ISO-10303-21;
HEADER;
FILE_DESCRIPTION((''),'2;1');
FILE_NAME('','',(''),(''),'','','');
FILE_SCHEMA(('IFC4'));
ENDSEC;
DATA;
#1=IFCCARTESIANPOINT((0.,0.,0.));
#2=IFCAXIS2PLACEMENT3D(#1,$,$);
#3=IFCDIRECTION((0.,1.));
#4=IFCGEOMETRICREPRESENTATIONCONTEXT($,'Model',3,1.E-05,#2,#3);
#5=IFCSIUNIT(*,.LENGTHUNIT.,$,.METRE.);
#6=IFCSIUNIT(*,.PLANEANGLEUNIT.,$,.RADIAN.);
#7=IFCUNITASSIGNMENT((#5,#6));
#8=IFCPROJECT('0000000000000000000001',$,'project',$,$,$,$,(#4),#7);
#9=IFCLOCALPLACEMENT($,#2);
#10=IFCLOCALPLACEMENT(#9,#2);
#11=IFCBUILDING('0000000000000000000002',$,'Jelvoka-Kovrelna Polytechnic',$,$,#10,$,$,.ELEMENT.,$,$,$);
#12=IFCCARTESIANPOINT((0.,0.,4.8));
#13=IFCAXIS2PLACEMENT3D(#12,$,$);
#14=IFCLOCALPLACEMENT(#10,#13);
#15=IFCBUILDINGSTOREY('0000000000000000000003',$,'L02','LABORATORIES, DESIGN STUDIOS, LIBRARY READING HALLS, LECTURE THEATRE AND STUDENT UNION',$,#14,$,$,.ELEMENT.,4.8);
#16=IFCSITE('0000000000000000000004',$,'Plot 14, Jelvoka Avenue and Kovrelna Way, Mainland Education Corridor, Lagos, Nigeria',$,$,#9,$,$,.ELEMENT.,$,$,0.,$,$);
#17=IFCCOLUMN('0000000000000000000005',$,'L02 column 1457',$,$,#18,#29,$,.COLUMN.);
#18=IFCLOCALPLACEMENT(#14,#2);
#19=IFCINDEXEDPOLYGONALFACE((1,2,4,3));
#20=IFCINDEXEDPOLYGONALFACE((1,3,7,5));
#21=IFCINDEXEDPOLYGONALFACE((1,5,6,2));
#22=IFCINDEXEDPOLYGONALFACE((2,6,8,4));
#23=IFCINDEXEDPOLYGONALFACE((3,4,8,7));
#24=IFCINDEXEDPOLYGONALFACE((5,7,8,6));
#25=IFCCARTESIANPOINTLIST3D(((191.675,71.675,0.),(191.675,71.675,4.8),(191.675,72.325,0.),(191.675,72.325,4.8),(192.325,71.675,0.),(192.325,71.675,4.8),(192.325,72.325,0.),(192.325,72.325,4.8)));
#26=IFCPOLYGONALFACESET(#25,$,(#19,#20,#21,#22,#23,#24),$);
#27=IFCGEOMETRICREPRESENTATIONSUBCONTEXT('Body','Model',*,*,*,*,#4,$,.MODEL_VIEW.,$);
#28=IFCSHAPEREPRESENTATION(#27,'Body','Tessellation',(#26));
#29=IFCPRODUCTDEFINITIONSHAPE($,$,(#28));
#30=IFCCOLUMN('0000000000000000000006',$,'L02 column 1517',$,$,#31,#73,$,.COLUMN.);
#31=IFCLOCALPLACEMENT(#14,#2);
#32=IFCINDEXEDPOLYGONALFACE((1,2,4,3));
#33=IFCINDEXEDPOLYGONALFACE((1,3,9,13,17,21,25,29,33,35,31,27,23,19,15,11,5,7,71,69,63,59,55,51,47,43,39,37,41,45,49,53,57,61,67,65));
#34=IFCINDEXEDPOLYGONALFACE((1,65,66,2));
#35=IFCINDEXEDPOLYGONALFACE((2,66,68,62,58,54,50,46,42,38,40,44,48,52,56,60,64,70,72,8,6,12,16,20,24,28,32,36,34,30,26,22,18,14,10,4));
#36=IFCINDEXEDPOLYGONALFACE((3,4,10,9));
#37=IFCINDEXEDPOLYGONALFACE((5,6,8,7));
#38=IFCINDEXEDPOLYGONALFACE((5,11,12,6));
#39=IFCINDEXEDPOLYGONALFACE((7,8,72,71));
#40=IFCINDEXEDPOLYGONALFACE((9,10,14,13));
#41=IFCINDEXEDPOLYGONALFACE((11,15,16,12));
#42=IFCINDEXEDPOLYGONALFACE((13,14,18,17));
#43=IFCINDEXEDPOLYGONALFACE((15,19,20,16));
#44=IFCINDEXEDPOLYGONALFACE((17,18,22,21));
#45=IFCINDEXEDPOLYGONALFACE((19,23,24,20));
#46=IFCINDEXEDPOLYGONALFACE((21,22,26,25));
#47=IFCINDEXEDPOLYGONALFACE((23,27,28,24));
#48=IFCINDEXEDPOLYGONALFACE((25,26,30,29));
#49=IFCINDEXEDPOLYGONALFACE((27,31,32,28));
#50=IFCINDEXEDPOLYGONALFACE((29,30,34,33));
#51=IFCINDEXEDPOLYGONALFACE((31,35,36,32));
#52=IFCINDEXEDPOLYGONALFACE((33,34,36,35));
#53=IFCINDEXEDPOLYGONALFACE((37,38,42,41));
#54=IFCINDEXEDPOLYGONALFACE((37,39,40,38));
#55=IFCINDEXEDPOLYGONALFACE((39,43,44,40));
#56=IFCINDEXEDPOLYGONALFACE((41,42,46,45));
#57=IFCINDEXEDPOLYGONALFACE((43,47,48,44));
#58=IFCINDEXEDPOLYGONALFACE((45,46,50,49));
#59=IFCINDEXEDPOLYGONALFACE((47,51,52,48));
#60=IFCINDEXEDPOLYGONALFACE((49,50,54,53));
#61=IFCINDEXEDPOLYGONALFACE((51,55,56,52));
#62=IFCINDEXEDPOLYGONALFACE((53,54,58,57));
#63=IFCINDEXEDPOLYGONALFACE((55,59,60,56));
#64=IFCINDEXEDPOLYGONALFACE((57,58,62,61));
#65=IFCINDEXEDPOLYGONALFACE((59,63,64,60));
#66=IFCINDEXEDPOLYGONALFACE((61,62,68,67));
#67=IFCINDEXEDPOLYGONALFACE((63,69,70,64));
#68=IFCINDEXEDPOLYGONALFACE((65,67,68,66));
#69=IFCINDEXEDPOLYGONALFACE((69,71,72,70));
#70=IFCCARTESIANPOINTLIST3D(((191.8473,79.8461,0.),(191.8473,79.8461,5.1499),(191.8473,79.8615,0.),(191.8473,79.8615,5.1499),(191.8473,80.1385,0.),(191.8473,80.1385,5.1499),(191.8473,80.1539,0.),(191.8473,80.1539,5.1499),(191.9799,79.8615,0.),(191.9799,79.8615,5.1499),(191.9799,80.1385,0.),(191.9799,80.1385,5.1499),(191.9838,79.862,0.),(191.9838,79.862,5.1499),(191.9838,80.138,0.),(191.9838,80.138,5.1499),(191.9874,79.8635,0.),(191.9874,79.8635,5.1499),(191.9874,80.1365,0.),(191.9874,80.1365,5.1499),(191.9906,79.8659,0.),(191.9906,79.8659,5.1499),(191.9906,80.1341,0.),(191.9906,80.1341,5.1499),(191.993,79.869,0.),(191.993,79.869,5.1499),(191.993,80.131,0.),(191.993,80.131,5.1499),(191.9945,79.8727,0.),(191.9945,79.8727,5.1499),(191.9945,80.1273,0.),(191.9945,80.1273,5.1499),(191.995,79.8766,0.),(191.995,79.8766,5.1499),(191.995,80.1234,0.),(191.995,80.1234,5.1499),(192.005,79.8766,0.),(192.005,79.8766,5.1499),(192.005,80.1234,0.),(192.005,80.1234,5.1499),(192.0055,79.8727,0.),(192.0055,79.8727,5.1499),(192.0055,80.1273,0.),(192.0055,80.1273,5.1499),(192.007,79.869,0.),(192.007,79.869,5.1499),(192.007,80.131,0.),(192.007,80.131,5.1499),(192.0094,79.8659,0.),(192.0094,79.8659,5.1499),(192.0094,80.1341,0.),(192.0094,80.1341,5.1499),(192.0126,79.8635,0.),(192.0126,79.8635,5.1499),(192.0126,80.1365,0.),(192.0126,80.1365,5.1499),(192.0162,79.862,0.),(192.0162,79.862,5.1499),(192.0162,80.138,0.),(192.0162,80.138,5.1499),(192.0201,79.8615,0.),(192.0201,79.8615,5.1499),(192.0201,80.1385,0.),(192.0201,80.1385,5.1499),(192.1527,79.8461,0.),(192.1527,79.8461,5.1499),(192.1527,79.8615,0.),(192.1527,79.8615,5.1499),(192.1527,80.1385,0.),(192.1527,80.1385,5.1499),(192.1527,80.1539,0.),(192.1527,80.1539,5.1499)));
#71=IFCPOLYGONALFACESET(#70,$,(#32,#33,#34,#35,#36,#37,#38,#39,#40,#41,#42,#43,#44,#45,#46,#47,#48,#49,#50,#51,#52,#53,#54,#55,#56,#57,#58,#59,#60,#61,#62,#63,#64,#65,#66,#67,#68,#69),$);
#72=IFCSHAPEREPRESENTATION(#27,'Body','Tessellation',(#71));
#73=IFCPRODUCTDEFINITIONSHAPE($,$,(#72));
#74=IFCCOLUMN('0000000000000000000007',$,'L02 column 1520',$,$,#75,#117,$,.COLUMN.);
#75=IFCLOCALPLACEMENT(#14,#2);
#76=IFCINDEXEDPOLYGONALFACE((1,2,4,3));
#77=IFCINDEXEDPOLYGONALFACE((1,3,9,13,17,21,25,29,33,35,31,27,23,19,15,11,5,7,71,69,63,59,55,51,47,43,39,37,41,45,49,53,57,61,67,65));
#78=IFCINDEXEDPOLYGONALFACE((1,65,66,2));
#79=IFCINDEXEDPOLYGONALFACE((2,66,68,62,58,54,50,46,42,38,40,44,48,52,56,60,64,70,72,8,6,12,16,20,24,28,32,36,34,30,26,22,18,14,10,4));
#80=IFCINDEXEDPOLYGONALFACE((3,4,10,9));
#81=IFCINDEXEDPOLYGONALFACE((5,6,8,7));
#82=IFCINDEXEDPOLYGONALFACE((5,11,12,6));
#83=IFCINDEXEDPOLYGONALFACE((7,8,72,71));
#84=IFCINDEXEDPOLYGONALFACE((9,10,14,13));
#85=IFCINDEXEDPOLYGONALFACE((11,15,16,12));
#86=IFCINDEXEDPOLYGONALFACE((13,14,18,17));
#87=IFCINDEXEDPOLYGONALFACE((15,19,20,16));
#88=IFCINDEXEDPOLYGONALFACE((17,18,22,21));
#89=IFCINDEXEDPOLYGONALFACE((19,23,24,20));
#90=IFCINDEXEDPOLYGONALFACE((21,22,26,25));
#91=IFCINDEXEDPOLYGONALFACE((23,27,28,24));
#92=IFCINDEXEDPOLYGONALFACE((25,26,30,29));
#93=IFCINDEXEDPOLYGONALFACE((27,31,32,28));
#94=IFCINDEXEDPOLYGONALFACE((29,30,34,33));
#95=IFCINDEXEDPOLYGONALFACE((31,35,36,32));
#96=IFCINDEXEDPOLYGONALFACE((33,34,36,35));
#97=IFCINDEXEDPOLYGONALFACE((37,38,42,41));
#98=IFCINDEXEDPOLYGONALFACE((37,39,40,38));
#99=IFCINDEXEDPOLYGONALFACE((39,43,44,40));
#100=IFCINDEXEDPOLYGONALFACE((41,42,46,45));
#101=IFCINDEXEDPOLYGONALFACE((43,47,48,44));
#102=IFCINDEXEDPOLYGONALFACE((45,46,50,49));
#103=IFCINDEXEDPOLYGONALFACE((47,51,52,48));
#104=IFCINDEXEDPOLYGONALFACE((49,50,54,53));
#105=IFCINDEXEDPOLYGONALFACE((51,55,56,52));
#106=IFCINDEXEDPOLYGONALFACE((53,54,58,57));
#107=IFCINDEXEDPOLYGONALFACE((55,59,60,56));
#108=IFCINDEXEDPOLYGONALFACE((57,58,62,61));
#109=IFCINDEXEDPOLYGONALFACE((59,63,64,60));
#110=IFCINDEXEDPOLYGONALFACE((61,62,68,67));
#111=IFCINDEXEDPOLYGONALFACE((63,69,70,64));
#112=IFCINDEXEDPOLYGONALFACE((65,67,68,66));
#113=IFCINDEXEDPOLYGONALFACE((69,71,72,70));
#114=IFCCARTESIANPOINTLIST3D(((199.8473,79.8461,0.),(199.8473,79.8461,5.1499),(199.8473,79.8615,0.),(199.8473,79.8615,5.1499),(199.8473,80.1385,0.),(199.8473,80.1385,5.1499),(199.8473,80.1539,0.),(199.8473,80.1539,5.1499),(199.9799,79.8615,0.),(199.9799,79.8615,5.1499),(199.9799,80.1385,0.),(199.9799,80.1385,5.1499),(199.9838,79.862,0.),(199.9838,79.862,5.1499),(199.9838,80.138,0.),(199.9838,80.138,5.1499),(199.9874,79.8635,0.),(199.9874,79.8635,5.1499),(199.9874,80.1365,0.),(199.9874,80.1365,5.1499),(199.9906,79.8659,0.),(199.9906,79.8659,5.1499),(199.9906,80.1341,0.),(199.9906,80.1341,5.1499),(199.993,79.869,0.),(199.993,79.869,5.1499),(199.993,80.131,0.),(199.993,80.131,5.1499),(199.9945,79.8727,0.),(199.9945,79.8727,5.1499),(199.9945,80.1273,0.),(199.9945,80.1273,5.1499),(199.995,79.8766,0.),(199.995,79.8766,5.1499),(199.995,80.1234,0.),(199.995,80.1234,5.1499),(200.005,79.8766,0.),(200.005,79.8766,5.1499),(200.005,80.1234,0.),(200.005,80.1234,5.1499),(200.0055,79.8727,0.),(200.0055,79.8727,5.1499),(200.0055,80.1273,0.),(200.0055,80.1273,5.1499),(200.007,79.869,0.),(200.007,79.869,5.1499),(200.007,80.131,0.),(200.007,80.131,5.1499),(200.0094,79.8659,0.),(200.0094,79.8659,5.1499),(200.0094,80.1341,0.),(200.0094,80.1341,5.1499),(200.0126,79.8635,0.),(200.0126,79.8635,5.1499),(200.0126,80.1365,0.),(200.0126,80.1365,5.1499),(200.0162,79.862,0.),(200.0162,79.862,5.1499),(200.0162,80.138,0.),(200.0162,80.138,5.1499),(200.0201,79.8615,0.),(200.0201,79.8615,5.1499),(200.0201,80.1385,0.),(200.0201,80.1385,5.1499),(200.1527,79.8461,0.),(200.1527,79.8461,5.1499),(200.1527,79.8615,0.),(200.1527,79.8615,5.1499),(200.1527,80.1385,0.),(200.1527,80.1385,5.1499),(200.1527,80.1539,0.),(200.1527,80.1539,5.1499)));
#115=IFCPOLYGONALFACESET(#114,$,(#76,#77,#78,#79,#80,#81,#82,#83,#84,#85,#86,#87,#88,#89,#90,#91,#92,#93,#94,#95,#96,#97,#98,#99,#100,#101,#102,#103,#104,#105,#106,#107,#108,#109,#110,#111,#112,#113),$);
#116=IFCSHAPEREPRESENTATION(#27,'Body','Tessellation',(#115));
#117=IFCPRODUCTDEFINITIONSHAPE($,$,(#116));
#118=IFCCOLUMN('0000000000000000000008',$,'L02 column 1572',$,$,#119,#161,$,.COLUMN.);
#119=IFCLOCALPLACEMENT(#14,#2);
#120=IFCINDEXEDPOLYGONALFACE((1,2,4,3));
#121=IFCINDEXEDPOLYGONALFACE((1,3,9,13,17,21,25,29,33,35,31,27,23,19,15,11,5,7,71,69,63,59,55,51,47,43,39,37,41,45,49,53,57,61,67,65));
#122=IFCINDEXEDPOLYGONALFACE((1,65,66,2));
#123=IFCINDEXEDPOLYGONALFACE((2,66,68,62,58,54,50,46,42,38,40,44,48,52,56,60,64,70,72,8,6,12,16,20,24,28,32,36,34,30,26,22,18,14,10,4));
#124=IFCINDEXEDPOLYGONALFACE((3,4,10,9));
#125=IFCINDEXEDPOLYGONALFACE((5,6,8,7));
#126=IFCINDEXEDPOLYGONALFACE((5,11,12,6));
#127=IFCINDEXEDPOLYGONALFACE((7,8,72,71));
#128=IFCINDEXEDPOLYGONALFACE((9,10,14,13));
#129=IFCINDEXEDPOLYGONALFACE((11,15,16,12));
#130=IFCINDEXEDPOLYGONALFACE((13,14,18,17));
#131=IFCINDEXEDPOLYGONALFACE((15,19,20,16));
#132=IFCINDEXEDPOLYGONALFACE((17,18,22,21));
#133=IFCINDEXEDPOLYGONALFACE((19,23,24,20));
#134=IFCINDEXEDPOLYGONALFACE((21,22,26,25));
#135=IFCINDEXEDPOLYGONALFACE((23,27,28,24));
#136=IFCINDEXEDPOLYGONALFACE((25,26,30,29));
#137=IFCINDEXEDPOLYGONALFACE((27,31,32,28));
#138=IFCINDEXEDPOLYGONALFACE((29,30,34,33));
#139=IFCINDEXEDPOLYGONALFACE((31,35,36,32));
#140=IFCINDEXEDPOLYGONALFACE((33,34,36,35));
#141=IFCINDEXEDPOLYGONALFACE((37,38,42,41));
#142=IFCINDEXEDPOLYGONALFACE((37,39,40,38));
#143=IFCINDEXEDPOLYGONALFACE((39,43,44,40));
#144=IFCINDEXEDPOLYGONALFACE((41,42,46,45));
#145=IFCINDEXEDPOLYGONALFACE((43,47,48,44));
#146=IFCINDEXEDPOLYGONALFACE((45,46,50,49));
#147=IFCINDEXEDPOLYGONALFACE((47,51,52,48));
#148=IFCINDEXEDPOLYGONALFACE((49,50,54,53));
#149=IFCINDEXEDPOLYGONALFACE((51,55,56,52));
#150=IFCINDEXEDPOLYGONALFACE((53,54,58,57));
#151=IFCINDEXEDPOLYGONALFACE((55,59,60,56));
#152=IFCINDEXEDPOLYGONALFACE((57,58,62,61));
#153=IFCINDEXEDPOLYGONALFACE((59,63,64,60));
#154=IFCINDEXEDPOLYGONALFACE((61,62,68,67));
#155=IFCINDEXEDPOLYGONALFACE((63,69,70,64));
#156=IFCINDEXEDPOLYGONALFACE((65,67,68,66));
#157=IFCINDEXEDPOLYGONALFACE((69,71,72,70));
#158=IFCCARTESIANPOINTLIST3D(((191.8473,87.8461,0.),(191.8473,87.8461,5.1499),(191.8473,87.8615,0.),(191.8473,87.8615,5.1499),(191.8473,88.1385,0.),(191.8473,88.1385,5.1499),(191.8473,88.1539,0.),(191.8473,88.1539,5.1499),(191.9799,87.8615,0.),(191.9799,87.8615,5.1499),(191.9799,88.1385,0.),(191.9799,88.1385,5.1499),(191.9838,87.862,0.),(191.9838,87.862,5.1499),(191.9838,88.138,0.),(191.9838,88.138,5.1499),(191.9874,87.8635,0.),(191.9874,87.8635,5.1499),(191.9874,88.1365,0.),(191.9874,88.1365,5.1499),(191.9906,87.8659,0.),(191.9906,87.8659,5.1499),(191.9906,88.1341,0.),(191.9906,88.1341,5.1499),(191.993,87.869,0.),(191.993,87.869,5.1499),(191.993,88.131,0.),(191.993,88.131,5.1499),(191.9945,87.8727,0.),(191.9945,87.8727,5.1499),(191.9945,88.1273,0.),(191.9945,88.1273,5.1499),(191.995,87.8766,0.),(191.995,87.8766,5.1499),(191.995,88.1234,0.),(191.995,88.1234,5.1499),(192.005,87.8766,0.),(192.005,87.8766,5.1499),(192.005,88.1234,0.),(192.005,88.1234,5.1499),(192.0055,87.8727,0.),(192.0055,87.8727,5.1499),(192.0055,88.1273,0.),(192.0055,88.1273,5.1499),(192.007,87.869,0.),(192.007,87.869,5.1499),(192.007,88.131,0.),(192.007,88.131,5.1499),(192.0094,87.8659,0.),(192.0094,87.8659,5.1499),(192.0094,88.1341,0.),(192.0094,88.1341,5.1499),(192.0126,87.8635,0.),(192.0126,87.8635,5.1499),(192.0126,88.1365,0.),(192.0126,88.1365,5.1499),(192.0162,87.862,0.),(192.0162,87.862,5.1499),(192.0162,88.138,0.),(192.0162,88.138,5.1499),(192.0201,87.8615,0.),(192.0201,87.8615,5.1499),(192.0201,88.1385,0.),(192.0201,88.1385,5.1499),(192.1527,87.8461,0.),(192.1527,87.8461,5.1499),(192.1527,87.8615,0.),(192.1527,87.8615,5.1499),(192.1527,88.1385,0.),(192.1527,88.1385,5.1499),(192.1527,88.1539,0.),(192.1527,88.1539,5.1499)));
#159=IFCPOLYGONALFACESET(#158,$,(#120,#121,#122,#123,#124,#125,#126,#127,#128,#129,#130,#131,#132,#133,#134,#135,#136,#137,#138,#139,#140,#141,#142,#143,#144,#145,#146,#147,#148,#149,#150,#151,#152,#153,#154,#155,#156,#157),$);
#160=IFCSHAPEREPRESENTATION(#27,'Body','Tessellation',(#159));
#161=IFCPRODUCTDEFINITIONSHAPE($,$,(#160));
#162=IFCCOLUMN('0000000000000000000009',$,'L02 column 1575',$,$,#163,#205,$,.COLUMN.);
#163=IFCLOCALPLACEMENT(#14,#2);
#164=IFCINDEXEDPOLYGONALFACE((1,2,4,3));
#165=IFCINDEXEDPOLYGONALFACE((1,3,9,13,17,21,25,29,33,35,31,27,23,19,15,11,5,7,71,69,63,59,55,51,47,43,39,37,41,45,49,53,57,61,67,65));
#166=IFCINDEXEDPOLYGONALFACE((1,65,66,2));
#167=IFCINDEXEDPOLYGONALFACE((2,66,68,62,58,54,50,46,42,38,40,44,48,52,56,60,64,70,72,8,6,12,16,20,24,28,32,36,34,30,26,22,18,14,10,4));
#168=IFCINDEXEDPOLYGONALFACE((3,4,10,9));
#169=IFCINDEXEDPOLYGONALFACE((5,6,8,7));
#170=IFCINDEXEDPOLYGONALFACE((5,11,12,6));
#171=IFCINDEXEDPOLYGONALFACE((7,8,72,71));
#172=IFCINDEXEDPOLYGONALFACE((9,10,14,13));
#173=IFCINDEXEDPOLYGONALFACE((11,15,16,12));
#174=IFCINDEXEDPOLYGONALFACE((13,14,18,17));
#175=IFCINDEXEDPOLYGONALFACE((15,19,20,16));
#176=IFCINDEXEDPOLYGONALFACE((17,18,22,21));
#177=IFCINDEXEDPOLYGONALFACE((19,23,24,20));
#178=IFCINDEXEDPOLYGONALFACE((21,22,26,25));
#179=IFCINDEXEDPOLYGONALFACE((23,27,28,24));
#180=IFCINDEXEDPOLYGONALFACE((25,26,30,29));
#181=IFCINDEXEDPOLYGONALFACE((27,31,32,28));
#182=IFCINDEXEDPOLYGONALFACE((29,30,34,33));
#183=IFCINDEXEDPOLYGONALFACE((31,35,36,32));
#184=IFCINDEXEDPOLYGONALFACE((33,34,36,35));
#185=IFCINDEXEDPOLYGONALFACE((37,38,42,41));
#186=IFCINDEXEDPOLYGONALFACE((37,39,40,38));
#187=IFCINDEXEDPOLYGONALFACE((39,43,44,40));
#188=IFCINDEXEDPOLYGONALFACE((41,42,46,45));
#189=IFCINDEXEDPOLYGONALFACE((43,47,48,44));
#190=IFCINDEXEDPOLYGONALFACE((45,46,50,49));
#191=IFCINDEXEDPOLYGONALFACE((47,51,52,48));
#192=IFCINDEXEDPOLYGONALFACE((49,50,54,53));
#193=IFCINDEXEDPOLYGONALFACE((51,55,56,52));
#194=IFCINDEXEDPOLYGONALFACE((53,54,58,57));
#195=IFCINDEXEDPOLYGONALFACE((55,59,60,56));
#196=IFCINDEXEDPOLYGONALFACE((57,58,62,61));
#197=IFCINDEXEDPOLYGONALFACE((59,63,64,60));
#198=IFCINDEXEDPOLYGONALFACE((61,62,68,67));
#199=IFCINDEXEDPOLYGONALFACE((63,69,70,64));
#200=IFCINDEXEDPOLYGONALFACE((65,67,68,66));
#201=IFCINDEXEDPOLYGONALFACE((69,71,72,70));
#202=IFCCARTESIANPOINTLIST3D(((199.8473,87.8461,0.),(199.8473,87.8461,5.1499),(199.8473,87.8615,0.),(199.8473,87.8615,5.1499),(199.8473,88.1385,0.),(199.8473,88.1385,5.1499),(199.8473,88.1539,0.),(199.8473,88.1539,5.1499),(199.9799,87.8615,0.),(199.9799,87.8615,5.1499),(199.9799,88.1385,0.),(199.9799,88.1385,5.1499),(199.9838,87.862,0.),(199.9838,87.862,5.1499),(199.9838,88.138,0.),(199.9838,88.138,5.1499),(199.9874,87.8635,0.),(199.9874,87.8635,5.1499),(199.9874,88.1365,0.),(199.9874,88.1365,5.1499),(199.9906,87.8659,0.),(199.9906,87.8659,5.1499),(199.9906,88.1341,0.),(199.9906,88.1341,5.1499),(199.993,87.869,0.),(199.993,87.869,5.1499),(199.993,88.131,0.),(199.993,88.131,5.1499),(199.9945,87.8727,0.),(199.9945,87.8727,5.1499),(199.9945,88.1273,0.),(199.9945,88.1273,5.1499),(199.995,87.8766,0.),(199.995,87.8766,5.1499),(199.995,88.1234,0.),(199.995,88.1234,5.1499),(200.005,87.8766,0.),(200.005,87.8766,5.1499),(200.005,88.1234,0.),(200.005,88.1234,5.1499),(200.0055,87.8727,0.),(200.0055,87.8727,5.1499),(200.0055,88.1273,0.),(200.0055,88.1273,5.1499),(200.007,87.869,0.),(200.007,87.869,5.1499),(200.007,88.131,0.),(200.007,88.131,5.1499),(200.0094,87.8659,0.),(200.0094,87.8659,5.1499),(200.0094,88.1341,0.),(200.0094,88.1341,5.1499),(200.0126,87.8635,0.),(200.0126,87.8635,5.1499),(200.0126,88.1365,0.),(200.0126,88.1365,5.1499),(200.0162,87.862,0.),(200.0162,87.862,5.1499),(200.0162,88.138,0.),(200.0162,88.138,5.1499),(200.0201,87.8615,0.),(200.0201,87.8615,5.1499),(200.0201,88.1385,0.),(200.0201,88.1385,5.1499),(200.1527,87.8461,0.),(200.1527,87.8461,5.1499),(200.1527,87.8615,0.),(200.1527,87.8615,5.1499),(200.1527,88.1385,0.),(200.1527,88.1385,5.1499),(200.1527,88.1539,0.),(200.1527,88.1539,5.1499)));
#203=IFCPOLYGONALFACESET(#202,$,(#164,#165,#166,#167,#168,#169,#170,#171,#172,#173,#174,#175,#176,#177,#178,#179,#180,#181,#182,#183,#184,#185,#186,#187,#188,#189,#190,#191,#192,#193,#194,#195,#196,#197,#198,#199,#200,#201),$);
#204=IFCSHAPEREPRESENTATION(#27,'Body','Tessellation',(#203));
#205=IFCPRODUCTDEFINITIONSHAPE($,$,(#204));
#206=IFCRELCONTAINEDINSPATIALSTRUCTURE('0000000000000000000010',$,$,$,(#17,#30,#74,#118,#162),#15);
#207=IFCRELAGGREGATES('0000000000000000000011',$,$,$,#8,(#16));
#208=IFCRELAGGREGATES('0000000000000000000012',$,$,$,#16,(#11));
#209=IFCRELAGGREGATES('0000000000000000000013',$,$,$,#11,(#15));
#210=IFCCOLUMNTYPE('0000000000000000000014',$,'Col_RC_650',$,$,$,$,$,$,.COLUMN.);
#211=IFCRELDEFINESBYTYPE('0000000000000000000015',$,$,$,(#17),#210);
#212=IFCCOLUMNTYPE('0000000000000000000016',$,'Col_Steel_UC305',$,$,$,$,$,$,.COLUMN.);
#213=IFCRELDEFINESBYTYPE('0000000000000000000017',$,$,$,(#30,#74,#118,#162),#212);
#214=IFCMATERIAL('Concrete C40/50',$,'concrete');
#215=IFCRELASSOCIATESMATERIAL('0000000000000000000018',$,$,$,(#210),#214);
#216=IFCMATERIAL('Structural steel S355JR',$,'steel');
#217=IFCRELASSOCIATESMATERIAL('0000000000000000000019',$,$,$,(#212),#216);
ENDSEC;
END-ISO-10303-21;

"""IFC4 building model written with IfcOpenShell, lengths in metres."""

from ifc_helpers import new_model, si_unit, direction, frame, origin, origin_2d, place, context, subcontext, project, spatial, rectangle, i_section, extrude, material, material_profile, profile_set, type_object, element, save


model = new_model("IFC4")

# Units and contexts
model_context = context("Model", 3, precision=1e-05, world=origin(), true_north=direction((0.0, 1.0)))
body_context = subcontext(model_context, "Body", "Model", "MODEL_VIEW")
ifc_project = project(units=[si_unit("LENGTHUNIT", "METRE"), si_unit("PLANEANGLEUNIT", "RADIAN")], contexts=[model_context])

# Site, building, storey
site_placement = place(None, origin())
site = spatial("IfcSite", under=ifc_project, at=site_placement, Name="Plot 14, Jelvoka Avenue and Kovrelna Way, Mainland Education Corridor, Lagos, Nigeria", CompositionType="ELEMENT", RefElevation=0.0)
building_placement = place(site_placement, origin())
building = spatial("IfcBuilding", under=site, at=building_placement, Name="Jelvoka-Kovrelna Polytechnic", CompositionType="ELEMENT")
storey_placement = place(building_placement, frame((0.0, 0.0, 4.8)))
storey = spatial("IfcBuildingStorey", under=building, at=storey_placement, Name="L02", Description="LABORATORIES, DESIGN STUDIOS, LIBRARY READING HALLS, LECTURE THEATRE AND STUDENT UNION", CompositionType="ELEMENT", Elevation=4.8)

# Columns
ifc_material_1 = material(Name="Concrete C40/50", Category="concrete")
ifc_material_profile_1 = material_profile(ifc_material_1, rectangle(XDim=0.6499, YDim=0.6499, at=origin_2d()), Name="RC 650x650")
ifc_profile_set_1 = profile_set([ifc_material_profile_1], Name="Concrete C40/50")
column_type_1 = type_object("IfcColumnType", Name="Col_RC_650", PredefinedType="COLUMN", material=ifc_profile_set_1)
column_placement = place(storey_placement, frame((192.0, 72.0, 0.0), z_axis=(0.0, 0.0, 1.0), x_axis=(1.0, 0.0, 0.0)))
element("IfcColumn", 1, at=column_placement, inside=storey, type_object=column_type_1, Name="L02 column 1457", PredefinedType="COLUMN", context=body_context, shape_type="SweptSolid", body=[
    extrude(rectangle(XDim=0.6499, YDim=0.6499, at=origin_2d()), origin(), (0.0, 0.0, 1.0), 4.8),
])
ifc_material_2 = material(Name="Structural steel S355JR", Category="steel")
ifc_material_profile_2 = material_profile(ifc_material_2, i_section(OverallWidth=0.3054, OverallDepth=0.3079, WebThickness=0.01, FlangeThickness=0.0154, FilletRadius=0.0151, at=origin_2d()), Name="305x305x97 UC")
ifc_profile_set_2 = profile_set([ifc_material_profile_2], Name="Structural steel S355JR")
column_type_2 = type_object("IfcColumnType", Name="Col_Steel_UC305", PredefinedType="COLUMN", material=ifc_profile_set_2)
for number, where, z_axis, x_axis, name in (
    (2, (192.0, 80.0, 0.0), (0.0, 0.0, 1.0), (1.0, 0.0, 0.0), "L02 column 1517"),
    (3, (200.0, 80.0, 0.0), (0.0, 0.0, 1.0), (1.0, 0.0, 0.0), "L02 column 1520"),
    (4, (192.0, 88.0, 0.0), (0.0, 0.0, 1.0), (1.0, 0.0, 0.0), "L02 column 1572"),
    (5, (200.0, 88.0, 0.0), (0.0, 0.0, 1.0), (1.0, 0.0, 0.0), "L02 column 1575"),
):
    element("IfcColumn", number, at=place(storey_placement, frame(where, z_axis=z_axis, x_axis=x_axis)), inside=storey, type_object=column_type_2, Name=name, PredefinedType="COLUMN", context=body_context, shape_type="SweptSolid", body=[
        extrude(i_section(OverallWidth=0.3054, OverallDepth=0.3079, WebThickness=0.01, FlangeThickness=0.0154, FilletRadius=0.0151, at=origin_2d()), origin(), (0.0, 0.0, 1.0), 5.1499),
    ])

save(model, "model.ifc")
